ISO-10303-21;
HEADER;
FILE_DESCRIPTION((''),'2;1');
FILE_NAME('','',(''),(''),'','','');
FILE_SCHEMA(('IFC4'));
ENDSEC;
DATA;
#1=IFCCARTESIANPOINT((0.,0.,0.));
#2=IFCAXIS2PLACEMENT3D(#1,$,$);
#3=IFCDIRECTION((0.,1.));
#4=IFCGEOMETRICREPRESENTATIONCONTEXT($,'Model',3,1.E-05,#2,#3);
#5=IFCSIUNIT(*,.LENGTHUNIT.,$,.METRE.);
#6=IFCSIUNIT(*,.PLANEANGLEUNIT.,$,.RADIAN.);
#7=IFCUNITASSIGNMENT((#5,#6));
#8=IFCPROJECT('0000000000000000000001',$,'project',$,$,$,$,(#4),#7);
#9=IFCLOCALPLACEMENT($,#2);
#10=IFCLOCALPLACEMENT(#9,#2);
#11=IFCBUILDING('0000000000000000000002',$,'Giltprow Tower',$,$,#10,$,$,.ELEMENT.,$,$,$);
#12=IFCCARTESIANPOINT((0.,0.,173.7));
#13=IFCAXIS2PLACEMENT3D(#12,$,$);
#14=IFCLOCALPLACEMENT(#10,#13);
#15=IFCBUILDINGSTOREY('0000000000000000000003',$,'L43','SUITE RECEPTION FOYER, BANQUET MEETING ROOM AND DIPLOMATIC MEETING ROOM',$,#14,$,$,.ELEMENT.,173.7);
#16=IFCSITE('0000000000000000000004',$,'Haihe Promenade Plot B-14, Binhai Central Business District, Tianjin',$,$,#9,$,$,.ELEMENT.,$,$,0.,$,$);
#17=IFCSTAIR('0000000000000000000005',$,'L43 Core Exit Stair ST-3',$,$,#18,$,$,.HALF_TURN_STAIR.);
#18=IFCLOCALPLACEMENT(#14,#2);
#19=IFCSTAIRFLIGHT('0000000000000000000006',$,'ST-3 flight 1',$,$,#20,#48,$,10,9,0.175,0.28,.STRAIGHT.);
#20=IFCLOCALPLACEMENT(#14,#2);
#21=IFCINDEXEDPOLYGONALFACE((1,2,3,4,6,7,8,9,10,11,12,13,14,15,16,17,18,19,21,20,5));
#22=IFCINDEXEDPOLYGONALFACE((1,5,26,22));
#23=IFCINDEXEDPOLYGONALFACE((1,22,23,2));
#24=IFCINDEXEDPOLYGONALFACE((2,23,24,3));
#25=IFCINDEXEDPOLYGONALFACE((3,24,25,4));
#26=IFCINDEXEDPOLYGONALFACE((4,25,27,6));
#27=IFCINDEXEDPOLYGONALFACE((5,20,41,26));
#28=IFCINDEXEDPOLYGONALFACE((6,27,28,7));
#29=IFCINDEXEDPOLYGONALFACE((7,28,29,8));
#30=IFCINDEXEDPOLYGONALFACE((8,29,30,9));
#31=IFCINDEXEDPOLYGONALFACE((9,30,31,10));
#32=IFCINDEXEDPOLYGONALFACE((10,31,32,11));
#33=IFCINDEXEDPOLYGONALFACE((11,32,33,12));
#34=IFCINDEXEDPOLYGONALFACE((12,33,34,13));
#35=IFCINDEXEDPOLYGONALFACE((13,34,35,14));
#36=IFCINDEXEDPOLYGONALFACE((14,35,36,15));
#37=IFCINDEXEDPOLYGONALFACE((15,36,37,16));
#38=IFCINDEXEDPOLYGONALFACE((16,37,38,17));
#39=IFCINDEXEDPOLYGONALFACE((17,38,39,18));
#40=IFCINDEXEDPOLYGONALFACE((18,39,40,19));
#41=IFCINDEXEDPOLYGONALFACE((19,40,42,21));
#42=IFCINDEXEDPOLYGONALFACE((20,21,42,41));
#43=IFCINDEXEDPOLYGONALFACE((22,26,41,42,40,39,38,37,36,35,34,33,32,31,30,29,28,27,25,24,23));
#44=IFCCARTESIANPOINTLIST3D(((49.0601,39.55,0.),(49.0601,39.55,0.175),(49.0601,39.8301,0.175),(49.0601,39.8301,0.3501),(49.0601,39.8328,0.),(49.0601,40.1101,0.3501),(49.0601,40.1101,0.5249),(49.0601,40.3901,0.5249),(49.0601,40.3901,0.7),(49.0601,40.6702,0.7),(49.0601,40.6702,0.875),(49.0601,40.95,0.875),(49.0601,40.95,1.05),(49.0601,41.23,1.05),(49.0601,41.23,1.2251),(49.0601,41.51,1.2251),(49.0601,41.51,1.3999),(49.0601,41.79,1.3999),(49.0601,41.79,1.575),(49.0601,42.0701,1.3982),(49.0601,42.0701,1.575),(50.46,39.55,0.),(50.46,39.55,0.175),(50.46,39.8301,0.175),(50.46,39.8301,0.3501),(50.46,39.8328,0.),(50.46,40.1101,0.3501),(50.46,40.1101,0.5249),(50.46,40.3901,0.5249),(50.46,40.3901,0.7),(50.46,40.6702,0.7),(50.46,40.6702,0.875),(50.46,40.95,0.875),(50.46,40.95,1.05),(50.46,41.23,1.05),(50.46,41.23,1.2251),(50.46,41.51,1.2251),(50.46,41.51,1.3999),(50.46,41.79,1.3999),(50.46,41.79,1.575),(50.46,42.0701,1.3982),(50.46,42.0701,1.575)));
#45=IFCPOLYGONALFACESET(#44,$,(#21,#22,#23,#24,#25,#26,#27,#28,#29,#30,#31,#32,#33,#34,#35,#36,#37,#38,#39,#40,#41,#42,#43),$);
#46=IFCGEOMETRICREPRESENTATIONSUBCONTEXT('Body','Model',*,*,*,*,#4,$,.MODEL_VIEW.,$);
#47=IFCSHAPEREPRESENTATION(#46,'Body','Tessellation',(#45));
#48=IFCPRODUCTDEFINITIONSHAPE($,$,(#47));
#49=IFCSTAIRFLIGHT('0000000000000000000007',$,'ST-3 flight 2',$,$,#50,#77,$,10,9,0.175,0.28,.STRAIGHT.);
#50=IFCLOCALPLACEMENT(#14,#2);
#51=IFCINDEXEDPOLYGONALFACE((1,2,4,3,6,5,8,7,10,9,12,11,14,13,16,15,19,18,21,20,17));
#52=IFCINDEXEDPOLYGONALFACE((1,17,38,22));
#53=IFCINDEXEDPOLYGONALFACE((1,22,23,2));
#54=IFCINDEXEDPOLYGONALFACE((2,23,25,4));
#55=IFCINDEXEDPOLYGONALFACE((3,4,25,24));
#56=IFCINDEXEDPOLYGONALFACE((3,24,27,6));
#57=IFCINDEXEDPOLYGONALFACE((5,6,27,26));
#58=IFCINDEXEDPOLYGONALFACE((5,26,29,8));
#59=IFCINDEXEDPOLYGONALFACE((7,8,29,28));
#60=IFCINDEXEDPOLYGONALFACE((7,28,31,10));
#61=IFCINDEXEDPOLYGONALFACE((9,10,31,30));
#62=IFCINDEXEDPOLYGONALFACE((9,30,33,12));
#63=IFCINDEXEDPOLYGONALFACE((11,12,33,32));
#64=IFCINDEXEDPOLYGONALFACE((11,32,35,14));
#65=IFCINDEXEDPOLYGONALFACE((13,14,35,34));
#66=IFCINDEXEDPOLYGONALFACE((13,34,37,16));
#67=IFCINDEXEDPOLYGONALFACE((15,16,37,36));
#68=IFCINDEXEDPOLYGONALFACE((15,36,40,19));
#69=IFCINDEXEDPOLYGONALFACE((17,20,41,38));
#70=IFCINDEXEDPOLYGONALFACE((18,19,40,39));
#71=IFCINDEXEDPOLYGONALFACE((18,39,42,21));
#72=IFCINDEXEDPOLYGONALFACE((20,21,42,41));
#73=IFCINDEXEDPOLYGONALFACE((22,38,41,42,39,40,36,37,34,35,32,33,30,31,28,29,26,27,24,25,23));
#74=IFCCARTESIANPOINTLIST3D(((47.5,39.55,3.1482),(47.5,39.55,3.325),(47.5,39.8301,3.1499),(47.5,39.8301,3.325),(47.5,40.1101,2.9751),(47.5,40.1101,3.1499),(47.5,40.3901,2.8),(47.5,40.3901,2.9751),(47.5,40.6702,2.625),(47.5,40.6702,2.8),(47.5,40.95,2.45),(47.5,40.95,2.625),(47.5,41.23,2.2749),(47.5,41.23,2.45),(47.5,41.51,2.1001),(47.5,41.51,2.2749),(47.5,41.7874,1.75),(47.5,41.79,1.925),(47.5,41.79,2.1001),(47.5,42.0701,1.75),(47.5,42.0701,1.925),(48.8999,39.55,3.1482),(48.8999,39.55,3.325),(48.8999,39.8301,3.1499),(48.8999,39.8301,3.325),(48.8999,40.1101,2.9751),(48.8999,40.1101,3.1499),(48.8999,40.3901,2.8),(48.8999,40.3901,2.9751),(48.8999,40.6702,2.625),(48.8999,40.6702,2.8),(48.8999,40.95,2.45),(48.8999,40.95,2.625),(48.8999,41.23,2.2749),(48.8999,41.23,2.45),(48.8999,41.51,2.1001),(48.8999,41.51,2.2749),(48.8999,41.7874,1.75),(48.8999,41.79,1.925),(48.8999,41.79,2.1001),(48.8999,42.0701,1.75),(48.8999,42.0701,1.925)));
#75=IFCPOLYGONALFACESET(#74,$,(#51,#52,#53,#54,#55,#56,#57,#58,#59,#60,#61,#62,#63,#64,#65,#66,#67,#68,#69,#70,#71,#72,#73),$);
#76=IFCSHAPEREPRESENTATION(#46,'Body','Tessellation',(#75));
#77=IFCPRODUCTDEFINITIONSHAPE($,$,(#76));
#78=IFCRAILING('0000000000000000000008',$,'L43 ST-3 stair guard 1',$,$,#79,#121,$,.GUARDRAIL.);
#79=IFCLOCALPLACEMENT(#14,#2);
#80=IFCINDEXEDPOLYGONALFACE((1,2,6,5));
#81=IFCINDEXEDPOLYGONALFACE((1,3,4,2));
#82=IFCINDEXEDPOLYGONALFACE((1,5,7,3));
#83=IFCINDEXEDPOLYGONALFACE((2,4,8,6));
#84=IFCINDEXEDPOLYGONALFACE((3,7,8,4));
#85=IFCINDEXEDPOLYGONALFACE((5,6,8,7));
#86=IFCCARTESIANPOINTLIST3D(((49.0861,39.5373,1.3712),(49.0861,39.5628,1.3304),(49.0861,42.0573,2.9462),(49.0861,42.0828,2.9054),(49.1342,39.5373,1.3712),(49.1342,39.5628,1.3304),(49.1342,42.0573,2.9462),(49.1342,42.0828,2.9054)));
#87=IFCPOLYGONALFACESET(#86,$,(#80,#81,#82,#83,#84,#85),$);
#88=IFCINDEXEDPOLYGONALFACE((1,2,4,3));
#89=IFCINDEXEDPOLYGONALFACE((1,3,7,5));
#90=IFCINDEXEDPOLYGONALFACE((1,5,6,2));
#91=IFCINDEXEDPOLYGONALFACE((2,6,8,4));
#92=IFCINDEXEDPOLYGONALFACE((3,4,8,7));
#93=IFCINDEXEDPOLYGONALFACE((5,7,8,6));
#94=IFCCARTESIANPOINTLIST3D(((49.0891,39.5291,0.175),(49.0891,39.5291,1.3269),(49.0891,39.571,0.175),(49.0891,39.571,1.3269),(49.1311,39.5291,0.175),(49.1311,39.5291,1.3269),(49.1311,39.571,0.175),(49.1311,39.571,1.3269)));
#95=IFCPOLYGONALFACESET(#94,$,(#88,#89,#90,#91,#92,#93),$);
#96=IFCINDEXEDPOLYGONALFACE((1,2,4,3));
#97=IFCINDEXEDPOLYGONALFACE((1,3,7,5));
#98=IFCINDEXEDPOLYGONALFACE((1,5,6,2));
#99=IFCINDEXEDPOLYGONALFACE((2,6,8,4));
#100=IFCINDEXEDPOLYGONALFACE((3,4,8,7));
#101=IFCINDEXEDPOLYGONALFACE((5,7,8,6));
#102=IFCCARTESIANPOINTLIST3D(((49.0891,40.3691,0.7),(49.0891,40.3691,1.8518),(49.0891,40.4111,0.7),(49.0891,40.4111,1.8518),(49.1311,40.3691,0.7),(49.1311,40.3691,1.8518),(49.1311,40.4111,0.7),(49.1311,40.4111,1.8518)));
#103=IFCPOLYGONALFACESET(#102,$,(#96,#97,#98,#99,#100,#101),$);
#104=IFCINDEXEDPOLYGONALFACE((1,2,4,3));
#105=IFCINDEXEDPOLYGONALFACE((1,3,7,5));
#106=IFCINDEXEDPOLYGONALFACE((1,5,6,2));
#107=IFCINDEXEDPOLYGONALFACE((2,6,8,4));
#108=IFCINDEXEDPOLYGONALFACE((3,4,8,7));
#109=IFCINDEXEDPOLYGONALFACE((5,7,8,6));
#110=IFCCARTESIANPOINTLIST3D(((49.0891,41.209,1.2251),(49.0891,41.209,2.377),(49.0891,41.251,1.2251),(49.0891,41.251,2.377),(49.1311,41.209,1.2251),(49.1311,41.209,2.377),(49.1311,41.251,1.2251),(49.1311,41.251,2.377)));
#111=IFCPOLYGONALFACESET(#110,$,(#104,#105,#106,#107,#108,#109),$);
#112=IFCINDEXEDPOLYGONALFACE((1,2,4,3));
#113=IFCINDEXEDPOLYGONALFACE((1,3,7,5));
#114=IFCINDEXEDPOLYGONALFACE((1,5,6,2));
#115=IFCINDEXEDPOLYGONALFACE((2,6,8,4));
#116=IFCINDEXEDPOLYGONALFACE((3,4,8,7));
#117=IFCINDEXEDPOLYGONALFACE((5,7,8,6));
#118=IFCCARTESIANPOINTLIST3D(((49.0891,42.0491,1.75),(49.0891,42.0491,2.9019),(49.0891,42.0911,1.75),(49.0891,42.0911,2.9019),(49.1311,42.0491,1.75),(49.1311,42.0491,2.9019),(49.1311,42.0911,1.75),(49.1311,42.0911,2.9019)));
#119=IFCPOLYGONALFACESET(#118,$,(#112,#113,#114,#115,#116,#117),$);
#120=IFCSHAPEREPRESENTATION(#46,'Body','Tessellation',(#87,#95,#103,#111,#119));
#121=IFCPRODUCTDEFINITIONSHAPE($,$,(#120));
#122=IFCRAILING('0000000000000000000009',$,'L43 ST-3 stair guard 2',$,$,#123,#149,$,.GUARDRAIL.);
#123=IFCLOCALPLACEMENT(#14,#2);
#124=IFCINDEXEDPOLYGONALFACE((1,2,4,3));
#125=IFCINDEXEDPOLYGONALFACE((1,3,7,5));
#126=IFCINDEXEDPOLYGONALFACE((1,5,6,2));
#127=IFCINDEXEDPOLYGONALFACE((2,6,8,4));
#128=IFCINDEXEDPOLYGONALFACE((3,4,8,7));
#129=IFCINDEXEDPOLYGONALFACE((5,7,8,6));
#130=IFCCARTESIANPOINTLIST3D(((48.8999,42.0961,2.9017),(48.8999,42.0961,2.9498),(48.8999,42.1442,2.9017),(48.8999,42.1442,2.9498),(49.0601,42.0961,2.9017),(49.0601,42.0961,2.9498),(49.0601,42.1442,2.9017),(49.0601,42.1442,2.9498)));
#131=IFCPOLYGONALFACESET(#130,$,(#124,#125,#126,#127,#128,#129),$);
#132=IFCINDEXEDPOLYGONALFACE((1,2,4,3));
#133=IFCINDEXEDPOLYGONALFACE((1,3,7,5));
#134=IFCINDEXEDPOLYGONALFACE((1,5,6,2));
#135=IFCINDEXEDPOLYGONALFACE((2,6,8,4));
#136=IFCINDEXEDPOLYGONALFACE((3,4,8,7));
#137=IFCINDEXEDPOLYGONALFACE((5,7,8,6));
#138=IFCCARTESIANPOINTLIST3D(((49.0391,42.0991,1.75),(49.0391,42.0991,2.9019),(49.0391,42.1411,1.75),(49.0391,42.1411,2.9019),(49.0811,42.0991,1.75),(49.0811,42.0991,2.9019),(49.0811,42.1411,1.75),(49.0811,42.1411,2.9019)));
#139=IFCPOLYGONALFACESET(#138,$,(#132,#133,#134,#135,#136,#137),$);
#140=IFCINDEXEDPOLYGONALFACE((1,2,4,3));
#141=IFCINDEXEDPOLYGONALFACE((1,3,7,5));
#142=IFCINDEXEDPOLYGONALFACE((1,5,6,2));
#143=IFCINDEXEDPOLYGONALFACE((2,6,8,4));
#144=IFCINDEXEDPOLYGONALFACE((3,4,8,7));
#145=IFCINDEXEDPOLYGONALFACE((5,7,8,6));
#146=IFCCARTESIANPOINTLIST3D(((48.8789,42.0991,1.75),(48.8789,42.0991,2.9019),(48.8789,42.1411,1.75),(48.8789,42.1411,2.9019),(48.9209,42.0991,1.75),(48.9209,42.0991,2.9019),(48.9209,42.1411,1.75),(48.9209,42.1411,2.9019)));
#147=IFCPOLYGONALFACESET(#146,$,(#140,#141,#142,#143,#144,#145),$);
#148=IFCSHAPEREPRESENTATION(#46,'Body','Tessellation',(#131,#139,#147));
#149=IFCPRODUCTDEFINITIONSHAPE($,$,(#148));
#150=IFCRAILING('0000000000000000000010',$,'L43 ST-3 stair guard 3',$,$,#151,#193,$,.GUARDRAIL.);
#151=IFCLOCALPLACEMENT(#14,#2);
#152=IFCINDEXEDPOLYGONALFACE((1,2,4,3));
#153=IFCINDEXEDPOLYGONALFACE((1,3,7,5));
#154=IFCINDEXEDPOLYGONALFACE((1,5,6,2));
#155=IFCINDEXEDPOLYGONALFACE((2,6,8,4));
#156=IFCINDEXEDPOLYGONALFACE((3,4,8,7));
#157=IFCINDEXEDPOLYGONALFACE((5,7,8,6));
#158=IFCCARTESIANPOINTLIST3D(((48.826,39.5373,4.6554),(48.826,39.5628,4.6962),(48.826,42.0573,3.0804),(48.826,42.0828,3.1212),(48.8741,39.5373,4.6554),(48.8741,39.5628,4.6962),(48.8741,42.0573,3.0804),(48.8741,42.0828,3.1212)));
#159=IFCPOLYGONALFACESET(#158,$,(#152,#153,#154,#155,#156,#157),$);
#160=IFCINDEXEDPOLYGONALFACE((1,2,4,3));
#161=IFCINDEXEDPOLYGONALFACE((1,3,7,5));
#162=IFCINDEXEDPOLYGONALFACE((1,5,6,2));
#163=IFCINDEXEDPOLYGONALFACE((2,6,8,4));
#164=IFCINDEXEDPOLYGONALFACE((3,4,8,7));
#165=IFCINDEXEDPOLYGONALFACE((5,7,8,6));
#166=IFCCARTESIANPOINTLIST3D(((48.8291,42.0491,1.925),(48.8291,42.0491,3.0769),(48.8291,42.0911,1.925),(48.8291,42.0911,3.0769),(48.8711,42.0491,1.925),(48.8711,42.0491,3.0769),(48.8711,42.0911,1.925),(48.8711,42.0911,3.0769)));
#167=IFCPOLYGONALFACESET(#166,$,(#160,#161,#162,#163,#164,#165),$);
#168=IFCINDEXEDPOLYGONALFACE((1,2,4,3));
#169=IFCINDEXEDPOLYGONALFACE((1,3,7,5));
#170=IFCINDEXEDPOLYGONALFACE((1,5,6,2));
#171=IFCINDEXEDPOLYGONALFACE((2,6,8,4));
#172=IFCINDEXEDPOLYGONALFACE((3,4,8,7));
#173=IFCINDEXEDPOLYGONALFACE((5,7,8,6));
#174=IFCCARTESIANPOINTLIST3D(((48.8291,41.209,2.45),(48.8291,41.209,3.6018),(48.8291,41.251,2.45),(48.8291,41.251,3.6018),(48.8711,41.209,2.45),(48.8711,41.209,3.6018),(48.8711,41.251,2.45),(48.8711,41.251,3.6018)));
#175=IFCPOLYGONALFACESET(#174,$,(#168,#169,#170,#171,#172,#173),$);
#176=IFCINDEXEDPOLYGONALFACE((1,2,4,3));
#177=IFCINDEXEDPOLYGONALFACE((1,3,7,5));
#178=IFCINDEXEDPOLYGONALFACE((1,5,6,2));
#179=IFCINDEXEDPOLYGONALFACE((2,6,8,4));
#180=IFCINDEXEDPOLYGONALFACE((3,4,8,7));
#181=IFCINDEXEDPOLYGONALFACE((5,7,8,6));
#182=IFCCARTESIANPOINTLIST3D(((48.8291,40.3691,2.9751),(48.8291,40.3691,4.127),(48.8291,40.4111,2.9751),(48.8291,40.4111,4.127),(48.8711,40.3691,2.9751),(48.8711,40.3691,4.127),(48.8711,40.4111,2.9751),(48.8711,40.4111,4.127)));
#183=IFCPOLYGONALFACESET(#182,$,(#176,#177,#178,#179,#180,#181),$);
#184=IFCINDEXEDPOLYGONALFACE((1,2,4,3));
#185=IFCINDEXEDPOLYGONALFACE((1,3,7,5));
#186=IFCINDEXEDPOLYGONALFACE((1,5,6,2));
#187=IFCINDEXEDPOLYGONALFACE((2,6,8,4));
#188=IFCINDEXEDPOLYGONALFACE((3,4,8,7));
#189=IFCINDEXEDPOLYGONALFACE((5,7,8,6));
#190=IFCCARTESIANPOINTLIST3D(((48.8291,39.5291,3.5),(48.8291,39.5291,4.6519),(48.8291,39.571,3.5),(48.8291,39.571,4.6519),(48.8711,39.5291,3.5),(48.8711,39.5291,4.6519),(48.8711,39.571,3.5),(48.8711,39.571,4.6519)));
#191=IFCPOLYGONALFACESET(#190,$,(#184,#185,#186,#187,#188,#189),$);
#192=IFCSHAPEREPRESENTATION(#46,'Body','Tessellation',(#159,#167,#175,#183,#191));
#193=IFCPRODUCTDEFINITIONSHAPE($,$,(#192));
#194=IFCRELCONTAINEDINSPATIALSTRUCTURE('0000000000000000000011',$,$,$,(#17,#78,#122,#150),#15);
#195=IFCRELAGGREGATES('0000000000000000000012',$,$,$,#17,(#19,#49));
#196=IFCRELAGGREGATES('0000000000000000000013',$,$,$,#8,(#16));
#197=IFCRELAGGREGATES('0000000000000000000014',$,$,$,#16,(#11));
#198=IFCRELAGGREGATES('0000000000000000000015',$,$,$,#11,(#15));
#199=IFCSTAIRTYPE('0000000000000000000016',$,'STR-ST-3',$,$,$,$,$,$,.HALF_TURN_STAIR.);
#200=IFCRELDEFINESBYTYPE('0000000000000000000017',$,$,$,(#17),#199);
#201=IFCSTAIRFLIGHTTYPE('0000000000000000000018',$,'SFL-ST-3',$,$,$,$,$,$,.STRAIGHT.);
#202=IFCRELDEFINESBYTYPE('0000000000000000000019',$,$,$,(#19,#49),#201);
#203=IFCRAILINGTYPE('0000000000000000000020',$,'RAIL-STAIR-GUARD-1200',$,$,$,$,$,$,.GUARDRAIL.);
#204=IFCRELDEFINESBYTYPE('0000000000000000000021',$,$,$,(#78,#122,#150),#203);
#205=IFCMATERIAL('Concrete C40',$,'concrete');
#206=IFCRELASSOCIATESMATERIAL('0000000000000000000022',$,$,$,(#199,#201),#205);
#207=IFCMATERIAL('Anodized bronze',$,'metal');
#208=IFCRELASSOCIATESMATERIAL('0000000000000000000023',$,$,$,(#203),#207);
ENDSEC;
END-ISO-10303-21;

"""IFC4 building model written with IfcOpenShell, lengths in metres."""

from ifc_helpers import new_model, si_unit, direction, frame, origin, origin_2d, place, context, subcontext, project, spatial, polyline, rectangle, outline, extrude, material, type_object, element, aggregate, save


model = new_model("IFC4")

# Units and contexts
model_context = context("Model", 3, precision=1e-05, world=origin(), true_north=direction((0.0, 1.0)))
body_context = subcontext(model_context, "Body", "Model", "MODEL_VIEW")
ifc_project = project(units=[si_unit("LENGTHUNIT", "METRE"), si_unit("PLANEANGLEUNIT", "RADIAN")], contexts=[model_context])

# Site, building, storey
site_placement = place(None, origin())
site = spatial("IfcSite", under=ifc_project, at=site_placement, Name="Haihe Promenade Plot B-14, Binhai Central Business District, Tianjin", CompositionType="ELEMENT", RefElevation=0.0)
building_placement = place(site_placement, origin())
building = spatial("IfcBuilding", under=site, at=building_placement, Name="Giltprow Tower", CompositionType="ELEMENT")
storey_placement = place(building_placement, frame((0.0, 0.0, 173.7)))
storey = spatial("IfcBuildingStorey", under=building, at=storey_placement, Name="L43", Description="SUITE RECEPTION FOYER, BANQUET MEETING ROOM AND DIPLOMATIC MEETING ROOM", CompositionType="ELEMENT", Elevation=173.7)

# Shared definitions
ifc_material_1 = material(Name="Concrete C40", Category="concrete")

# Stair, stair flights
stair_type = type_object("IfcStairType", Name="STR-ST-3", PredefinedType="HALF_TURN_STAIR", material=ifc_material_1)
stair_placement = place(storey_placement, origin())
stair = element("IfcStair", 1, at=stair_placement, inside=storey, type_object=stair_type, Name="L43 Core Exit Stair ST-3", PredefinedType="HALF_TURN_STAIR")
stair_flight_type = type_object("IfcStairFlightType", Name="SFL-ST-3", PredefinedType="STRAIGHT", material=ifc_material_1)
stair_flight_1_placement = place(storey_placement, frame((49.76, 39.55, 0.0), z_axis=(0.0, 0.0, 1.0), x_axis=(0.0, 1.0, 0.0)))
stair_flight_1 = element("IfcStairFlight", 2, at=stair_flight_1_placement, type_object=stair_flight_type, Name="ST-3 flight 1", NumberOfRisers=10, NumberOfTreads=9, PredefinedType="STRAIGHT", RiserHeight=0.175, TreadLength=0.28, context=body_context, shape_type="SweptSolid", body=[
    extrude(outline(polyline([(0.0, 0.0), (0.0, 0.175), (0.28, 0.175), (0.28, 0.3501), (0.5601, 0.3501), (0.5601, 0.5249), (0.8401, 0.5249), (0.8401, 0.7), (1.1201, 0.7), (1.1201, 0.875), (1.3999, 0.875), (1.3999, 1.05), (1.6799, 1.05), (1.6799, 1.2251), (1.96, 1.2251), (1.96, 1.3999), (2.24, 1.3999), (2.24, 1.575), (2.52, 1.575), (2.52, 1.75), (2.52, 1.3982), (0.2827, 0.0), (0.0, 0.0)])), frame((0.0, 0.7, 0.0), z_axis=(0.0, -1.0, 0.0), x_axis=(1.0, 0.0, 0.0)), (0.0, 0.0, 1.0), 1.3999),
])
stair_flight_2_placement = place(storey_placement, frame((48.2, 42.0701, 1.75), z_axis=(0.0, 0.0, 1.0), x_axis=(0.0, -1.0, 0.0)))
stair_flight_2 = element("IfcStairFlight", 3, at=stair_flight_2_placement, type_object=stair_flight_type, Name="ST-3 flight 2", NumberOfRisers=10, NumberOfTreads=9, PredefinedType="STRAIGHT", RiserHeight=0.175, TreadLength=0.28, context=body_context, shape_type="SweptSolid", body=[
    extrude(outline(polyline([(0.0, 0.0), (0.0, 0.175), (0.28, 0.175), (0.28, 0.3501), (0.5601, 0.3501), (0.5601, 0.5249), (0.8401, 0.5249), (0.8401, 0.7), (1.1201, 0.7), (1.1201, 0.875), (1.3999, 0.875), (1.3999, 1.05), (1.6799, 1.05), (1.6799, 1.2251), (1.96, 1.2251), (1.96, 1.3999), (2.24, 1.3999), (2.24, 1.575), (2.52, 1.575), (2.52, 1.75), (2.52, 1.3982), (0.2827, 0.0), (0.0, 0.0)])), frame((0.0, 0.7, 0.0), z_axis=(0.0, -1.0, 0.0), x_axis=(1.0, 0.0, 0.0)), (0.0, 0.0, 1.0), 1.3999),
])
aggregate(stair, [stair_flight_1, stair_flight_2])

# Railings
ifc_material_2 = material(Name="Anodized bronze", Category="metal")
railing_type_1 = type_object("IfcRailingType", Name="RAIL-STAIR-GUARD-1200", PredefinedType="GUARDRAIL", material=ifc_material_2)
railing_1_placement = place(storey_placement, frame((49.1101, 39.55, 0.175)))
element("IfcRailing", 4, at=railing_1_placement, inside=storey, type_object=railing_type_1, Name="L43 ST-3 stair guard 1", PredefinedType="GUARDRAIL", context=body_context, shape_type="SweptSolid", body=[
    extrude(rectangle(XDim=0.0481, YDim=0.0481, at=origin_2d()), frame((0.0, 0.0, 1.1758), z_axis=(0.0, 0.848008, 0.529984), x_axis=(-1.0, 0.0, 0.0)), (0.0, 0.0, 1.0), 2.9717),
    extrude(rectangle(XDim=0.042, YDim=0.042, at=origin_2d()), origin(), (0.0, 0.0, 1.0), 1.1519),
    extrude(rectangle(XDim=0.042, YDim=0.042, at=origin_2d()), frame((0.0, 0.8401, 0.5249)), (0.0, 0.0, 1.0), 1.1519),
    extrude(rectangle(XDim=0.042, YDim=0.042, at=origin_2d()), frame((0.0, 1.6799, 1.05)), (0.0, 0.0, 1.0), 1.1519),
    extrude(rectangle(XDim=0.042, YDim=0.042, at=origin_2d()), frame((0.0, 2.52, 1.575)), (0.0, 0.0, 1.0), 1.1519),
])
railing_2_placement = place(storey_placement, frame((49.0601, 42.1201, 1.75)))
element("IfcRailing", 5, at=railing_2_placement, inside=storey, type_object=railing_type_1, Name="L43 ST-3 stair guard 2", PredefinedType="GUARDRAIL", context=body_context, shape_type="SweptSolid", body=[
    extrude(rectangle(XDim=0.0481, YDim=0.0481, at=origin_2d()), frame((0.0, 0.0, 1.1758), z_axis=(-1.0, 0.0, 0.0), x_axis=(0.0, -1.0, 0.0)), (0.0, 0.0, 1.0), 0.1602),
    extrude(rectangle(XDim=0.042, YDim=0.042, at=origin_2d()), origin(), (0.0, 0.0, 1.0), 1.1519),
    extrude(rectangle(XDim=0.042, YDim=0.042, at=origin_2d()), frame((-0.1602, 0.0, 0.0)), (0.0, 0.0, 1.0), 1.1519),
])
railing_3_placement = place(storey_placement, frame((48.8501, 42.0701, 1.925)))
element("IfcRailing", 6, at=railing_3_placement, inside=storey, type_object=railing_type_1, Name="L43 ST-3 stair guard 3", PredefinedType="GUARDRAIL", context=body_context, shape_type="SweptSolid", body=[
    extrude(rectangle(XDim=0.0481, YDim=0.0481, at=origin_2d()), frame((0.0, 0.0, 1.1758), z_axis=(0.0, -0.848008, 0.529984), x_axis=(1.0, 0.0, 0.0)), (0.0, 0.0, 1.0), 2.9717),
    extrude(rectangle(XDim=0.042, YDim=0.042, at=origin_2d()), origin(), (0.0, 0.0, 1.0), 1.1519),
    extrude(rectangle(XDim=0.042, YDim=0.042, at=origin_2d()), frame((0.0, -0.8401, 0.5249)), (0.0, 0.0, 1.0), 1.1519),
    extrude(rectangle(XDim=0.042, YDim=0.042, at=origin_2d()), frame((0.0, -1.6799, 1.05)), (0.0, 0.0, 1.0), 1.1519),
    extrude(rectangle(XDim=0.042, YDim=0.042, at=origin_2d()), frame((0.0, -2.52, 1.575)), (0.0, 0.0, 1.0), 1.1519),
])

save(model, "model.ifc")
